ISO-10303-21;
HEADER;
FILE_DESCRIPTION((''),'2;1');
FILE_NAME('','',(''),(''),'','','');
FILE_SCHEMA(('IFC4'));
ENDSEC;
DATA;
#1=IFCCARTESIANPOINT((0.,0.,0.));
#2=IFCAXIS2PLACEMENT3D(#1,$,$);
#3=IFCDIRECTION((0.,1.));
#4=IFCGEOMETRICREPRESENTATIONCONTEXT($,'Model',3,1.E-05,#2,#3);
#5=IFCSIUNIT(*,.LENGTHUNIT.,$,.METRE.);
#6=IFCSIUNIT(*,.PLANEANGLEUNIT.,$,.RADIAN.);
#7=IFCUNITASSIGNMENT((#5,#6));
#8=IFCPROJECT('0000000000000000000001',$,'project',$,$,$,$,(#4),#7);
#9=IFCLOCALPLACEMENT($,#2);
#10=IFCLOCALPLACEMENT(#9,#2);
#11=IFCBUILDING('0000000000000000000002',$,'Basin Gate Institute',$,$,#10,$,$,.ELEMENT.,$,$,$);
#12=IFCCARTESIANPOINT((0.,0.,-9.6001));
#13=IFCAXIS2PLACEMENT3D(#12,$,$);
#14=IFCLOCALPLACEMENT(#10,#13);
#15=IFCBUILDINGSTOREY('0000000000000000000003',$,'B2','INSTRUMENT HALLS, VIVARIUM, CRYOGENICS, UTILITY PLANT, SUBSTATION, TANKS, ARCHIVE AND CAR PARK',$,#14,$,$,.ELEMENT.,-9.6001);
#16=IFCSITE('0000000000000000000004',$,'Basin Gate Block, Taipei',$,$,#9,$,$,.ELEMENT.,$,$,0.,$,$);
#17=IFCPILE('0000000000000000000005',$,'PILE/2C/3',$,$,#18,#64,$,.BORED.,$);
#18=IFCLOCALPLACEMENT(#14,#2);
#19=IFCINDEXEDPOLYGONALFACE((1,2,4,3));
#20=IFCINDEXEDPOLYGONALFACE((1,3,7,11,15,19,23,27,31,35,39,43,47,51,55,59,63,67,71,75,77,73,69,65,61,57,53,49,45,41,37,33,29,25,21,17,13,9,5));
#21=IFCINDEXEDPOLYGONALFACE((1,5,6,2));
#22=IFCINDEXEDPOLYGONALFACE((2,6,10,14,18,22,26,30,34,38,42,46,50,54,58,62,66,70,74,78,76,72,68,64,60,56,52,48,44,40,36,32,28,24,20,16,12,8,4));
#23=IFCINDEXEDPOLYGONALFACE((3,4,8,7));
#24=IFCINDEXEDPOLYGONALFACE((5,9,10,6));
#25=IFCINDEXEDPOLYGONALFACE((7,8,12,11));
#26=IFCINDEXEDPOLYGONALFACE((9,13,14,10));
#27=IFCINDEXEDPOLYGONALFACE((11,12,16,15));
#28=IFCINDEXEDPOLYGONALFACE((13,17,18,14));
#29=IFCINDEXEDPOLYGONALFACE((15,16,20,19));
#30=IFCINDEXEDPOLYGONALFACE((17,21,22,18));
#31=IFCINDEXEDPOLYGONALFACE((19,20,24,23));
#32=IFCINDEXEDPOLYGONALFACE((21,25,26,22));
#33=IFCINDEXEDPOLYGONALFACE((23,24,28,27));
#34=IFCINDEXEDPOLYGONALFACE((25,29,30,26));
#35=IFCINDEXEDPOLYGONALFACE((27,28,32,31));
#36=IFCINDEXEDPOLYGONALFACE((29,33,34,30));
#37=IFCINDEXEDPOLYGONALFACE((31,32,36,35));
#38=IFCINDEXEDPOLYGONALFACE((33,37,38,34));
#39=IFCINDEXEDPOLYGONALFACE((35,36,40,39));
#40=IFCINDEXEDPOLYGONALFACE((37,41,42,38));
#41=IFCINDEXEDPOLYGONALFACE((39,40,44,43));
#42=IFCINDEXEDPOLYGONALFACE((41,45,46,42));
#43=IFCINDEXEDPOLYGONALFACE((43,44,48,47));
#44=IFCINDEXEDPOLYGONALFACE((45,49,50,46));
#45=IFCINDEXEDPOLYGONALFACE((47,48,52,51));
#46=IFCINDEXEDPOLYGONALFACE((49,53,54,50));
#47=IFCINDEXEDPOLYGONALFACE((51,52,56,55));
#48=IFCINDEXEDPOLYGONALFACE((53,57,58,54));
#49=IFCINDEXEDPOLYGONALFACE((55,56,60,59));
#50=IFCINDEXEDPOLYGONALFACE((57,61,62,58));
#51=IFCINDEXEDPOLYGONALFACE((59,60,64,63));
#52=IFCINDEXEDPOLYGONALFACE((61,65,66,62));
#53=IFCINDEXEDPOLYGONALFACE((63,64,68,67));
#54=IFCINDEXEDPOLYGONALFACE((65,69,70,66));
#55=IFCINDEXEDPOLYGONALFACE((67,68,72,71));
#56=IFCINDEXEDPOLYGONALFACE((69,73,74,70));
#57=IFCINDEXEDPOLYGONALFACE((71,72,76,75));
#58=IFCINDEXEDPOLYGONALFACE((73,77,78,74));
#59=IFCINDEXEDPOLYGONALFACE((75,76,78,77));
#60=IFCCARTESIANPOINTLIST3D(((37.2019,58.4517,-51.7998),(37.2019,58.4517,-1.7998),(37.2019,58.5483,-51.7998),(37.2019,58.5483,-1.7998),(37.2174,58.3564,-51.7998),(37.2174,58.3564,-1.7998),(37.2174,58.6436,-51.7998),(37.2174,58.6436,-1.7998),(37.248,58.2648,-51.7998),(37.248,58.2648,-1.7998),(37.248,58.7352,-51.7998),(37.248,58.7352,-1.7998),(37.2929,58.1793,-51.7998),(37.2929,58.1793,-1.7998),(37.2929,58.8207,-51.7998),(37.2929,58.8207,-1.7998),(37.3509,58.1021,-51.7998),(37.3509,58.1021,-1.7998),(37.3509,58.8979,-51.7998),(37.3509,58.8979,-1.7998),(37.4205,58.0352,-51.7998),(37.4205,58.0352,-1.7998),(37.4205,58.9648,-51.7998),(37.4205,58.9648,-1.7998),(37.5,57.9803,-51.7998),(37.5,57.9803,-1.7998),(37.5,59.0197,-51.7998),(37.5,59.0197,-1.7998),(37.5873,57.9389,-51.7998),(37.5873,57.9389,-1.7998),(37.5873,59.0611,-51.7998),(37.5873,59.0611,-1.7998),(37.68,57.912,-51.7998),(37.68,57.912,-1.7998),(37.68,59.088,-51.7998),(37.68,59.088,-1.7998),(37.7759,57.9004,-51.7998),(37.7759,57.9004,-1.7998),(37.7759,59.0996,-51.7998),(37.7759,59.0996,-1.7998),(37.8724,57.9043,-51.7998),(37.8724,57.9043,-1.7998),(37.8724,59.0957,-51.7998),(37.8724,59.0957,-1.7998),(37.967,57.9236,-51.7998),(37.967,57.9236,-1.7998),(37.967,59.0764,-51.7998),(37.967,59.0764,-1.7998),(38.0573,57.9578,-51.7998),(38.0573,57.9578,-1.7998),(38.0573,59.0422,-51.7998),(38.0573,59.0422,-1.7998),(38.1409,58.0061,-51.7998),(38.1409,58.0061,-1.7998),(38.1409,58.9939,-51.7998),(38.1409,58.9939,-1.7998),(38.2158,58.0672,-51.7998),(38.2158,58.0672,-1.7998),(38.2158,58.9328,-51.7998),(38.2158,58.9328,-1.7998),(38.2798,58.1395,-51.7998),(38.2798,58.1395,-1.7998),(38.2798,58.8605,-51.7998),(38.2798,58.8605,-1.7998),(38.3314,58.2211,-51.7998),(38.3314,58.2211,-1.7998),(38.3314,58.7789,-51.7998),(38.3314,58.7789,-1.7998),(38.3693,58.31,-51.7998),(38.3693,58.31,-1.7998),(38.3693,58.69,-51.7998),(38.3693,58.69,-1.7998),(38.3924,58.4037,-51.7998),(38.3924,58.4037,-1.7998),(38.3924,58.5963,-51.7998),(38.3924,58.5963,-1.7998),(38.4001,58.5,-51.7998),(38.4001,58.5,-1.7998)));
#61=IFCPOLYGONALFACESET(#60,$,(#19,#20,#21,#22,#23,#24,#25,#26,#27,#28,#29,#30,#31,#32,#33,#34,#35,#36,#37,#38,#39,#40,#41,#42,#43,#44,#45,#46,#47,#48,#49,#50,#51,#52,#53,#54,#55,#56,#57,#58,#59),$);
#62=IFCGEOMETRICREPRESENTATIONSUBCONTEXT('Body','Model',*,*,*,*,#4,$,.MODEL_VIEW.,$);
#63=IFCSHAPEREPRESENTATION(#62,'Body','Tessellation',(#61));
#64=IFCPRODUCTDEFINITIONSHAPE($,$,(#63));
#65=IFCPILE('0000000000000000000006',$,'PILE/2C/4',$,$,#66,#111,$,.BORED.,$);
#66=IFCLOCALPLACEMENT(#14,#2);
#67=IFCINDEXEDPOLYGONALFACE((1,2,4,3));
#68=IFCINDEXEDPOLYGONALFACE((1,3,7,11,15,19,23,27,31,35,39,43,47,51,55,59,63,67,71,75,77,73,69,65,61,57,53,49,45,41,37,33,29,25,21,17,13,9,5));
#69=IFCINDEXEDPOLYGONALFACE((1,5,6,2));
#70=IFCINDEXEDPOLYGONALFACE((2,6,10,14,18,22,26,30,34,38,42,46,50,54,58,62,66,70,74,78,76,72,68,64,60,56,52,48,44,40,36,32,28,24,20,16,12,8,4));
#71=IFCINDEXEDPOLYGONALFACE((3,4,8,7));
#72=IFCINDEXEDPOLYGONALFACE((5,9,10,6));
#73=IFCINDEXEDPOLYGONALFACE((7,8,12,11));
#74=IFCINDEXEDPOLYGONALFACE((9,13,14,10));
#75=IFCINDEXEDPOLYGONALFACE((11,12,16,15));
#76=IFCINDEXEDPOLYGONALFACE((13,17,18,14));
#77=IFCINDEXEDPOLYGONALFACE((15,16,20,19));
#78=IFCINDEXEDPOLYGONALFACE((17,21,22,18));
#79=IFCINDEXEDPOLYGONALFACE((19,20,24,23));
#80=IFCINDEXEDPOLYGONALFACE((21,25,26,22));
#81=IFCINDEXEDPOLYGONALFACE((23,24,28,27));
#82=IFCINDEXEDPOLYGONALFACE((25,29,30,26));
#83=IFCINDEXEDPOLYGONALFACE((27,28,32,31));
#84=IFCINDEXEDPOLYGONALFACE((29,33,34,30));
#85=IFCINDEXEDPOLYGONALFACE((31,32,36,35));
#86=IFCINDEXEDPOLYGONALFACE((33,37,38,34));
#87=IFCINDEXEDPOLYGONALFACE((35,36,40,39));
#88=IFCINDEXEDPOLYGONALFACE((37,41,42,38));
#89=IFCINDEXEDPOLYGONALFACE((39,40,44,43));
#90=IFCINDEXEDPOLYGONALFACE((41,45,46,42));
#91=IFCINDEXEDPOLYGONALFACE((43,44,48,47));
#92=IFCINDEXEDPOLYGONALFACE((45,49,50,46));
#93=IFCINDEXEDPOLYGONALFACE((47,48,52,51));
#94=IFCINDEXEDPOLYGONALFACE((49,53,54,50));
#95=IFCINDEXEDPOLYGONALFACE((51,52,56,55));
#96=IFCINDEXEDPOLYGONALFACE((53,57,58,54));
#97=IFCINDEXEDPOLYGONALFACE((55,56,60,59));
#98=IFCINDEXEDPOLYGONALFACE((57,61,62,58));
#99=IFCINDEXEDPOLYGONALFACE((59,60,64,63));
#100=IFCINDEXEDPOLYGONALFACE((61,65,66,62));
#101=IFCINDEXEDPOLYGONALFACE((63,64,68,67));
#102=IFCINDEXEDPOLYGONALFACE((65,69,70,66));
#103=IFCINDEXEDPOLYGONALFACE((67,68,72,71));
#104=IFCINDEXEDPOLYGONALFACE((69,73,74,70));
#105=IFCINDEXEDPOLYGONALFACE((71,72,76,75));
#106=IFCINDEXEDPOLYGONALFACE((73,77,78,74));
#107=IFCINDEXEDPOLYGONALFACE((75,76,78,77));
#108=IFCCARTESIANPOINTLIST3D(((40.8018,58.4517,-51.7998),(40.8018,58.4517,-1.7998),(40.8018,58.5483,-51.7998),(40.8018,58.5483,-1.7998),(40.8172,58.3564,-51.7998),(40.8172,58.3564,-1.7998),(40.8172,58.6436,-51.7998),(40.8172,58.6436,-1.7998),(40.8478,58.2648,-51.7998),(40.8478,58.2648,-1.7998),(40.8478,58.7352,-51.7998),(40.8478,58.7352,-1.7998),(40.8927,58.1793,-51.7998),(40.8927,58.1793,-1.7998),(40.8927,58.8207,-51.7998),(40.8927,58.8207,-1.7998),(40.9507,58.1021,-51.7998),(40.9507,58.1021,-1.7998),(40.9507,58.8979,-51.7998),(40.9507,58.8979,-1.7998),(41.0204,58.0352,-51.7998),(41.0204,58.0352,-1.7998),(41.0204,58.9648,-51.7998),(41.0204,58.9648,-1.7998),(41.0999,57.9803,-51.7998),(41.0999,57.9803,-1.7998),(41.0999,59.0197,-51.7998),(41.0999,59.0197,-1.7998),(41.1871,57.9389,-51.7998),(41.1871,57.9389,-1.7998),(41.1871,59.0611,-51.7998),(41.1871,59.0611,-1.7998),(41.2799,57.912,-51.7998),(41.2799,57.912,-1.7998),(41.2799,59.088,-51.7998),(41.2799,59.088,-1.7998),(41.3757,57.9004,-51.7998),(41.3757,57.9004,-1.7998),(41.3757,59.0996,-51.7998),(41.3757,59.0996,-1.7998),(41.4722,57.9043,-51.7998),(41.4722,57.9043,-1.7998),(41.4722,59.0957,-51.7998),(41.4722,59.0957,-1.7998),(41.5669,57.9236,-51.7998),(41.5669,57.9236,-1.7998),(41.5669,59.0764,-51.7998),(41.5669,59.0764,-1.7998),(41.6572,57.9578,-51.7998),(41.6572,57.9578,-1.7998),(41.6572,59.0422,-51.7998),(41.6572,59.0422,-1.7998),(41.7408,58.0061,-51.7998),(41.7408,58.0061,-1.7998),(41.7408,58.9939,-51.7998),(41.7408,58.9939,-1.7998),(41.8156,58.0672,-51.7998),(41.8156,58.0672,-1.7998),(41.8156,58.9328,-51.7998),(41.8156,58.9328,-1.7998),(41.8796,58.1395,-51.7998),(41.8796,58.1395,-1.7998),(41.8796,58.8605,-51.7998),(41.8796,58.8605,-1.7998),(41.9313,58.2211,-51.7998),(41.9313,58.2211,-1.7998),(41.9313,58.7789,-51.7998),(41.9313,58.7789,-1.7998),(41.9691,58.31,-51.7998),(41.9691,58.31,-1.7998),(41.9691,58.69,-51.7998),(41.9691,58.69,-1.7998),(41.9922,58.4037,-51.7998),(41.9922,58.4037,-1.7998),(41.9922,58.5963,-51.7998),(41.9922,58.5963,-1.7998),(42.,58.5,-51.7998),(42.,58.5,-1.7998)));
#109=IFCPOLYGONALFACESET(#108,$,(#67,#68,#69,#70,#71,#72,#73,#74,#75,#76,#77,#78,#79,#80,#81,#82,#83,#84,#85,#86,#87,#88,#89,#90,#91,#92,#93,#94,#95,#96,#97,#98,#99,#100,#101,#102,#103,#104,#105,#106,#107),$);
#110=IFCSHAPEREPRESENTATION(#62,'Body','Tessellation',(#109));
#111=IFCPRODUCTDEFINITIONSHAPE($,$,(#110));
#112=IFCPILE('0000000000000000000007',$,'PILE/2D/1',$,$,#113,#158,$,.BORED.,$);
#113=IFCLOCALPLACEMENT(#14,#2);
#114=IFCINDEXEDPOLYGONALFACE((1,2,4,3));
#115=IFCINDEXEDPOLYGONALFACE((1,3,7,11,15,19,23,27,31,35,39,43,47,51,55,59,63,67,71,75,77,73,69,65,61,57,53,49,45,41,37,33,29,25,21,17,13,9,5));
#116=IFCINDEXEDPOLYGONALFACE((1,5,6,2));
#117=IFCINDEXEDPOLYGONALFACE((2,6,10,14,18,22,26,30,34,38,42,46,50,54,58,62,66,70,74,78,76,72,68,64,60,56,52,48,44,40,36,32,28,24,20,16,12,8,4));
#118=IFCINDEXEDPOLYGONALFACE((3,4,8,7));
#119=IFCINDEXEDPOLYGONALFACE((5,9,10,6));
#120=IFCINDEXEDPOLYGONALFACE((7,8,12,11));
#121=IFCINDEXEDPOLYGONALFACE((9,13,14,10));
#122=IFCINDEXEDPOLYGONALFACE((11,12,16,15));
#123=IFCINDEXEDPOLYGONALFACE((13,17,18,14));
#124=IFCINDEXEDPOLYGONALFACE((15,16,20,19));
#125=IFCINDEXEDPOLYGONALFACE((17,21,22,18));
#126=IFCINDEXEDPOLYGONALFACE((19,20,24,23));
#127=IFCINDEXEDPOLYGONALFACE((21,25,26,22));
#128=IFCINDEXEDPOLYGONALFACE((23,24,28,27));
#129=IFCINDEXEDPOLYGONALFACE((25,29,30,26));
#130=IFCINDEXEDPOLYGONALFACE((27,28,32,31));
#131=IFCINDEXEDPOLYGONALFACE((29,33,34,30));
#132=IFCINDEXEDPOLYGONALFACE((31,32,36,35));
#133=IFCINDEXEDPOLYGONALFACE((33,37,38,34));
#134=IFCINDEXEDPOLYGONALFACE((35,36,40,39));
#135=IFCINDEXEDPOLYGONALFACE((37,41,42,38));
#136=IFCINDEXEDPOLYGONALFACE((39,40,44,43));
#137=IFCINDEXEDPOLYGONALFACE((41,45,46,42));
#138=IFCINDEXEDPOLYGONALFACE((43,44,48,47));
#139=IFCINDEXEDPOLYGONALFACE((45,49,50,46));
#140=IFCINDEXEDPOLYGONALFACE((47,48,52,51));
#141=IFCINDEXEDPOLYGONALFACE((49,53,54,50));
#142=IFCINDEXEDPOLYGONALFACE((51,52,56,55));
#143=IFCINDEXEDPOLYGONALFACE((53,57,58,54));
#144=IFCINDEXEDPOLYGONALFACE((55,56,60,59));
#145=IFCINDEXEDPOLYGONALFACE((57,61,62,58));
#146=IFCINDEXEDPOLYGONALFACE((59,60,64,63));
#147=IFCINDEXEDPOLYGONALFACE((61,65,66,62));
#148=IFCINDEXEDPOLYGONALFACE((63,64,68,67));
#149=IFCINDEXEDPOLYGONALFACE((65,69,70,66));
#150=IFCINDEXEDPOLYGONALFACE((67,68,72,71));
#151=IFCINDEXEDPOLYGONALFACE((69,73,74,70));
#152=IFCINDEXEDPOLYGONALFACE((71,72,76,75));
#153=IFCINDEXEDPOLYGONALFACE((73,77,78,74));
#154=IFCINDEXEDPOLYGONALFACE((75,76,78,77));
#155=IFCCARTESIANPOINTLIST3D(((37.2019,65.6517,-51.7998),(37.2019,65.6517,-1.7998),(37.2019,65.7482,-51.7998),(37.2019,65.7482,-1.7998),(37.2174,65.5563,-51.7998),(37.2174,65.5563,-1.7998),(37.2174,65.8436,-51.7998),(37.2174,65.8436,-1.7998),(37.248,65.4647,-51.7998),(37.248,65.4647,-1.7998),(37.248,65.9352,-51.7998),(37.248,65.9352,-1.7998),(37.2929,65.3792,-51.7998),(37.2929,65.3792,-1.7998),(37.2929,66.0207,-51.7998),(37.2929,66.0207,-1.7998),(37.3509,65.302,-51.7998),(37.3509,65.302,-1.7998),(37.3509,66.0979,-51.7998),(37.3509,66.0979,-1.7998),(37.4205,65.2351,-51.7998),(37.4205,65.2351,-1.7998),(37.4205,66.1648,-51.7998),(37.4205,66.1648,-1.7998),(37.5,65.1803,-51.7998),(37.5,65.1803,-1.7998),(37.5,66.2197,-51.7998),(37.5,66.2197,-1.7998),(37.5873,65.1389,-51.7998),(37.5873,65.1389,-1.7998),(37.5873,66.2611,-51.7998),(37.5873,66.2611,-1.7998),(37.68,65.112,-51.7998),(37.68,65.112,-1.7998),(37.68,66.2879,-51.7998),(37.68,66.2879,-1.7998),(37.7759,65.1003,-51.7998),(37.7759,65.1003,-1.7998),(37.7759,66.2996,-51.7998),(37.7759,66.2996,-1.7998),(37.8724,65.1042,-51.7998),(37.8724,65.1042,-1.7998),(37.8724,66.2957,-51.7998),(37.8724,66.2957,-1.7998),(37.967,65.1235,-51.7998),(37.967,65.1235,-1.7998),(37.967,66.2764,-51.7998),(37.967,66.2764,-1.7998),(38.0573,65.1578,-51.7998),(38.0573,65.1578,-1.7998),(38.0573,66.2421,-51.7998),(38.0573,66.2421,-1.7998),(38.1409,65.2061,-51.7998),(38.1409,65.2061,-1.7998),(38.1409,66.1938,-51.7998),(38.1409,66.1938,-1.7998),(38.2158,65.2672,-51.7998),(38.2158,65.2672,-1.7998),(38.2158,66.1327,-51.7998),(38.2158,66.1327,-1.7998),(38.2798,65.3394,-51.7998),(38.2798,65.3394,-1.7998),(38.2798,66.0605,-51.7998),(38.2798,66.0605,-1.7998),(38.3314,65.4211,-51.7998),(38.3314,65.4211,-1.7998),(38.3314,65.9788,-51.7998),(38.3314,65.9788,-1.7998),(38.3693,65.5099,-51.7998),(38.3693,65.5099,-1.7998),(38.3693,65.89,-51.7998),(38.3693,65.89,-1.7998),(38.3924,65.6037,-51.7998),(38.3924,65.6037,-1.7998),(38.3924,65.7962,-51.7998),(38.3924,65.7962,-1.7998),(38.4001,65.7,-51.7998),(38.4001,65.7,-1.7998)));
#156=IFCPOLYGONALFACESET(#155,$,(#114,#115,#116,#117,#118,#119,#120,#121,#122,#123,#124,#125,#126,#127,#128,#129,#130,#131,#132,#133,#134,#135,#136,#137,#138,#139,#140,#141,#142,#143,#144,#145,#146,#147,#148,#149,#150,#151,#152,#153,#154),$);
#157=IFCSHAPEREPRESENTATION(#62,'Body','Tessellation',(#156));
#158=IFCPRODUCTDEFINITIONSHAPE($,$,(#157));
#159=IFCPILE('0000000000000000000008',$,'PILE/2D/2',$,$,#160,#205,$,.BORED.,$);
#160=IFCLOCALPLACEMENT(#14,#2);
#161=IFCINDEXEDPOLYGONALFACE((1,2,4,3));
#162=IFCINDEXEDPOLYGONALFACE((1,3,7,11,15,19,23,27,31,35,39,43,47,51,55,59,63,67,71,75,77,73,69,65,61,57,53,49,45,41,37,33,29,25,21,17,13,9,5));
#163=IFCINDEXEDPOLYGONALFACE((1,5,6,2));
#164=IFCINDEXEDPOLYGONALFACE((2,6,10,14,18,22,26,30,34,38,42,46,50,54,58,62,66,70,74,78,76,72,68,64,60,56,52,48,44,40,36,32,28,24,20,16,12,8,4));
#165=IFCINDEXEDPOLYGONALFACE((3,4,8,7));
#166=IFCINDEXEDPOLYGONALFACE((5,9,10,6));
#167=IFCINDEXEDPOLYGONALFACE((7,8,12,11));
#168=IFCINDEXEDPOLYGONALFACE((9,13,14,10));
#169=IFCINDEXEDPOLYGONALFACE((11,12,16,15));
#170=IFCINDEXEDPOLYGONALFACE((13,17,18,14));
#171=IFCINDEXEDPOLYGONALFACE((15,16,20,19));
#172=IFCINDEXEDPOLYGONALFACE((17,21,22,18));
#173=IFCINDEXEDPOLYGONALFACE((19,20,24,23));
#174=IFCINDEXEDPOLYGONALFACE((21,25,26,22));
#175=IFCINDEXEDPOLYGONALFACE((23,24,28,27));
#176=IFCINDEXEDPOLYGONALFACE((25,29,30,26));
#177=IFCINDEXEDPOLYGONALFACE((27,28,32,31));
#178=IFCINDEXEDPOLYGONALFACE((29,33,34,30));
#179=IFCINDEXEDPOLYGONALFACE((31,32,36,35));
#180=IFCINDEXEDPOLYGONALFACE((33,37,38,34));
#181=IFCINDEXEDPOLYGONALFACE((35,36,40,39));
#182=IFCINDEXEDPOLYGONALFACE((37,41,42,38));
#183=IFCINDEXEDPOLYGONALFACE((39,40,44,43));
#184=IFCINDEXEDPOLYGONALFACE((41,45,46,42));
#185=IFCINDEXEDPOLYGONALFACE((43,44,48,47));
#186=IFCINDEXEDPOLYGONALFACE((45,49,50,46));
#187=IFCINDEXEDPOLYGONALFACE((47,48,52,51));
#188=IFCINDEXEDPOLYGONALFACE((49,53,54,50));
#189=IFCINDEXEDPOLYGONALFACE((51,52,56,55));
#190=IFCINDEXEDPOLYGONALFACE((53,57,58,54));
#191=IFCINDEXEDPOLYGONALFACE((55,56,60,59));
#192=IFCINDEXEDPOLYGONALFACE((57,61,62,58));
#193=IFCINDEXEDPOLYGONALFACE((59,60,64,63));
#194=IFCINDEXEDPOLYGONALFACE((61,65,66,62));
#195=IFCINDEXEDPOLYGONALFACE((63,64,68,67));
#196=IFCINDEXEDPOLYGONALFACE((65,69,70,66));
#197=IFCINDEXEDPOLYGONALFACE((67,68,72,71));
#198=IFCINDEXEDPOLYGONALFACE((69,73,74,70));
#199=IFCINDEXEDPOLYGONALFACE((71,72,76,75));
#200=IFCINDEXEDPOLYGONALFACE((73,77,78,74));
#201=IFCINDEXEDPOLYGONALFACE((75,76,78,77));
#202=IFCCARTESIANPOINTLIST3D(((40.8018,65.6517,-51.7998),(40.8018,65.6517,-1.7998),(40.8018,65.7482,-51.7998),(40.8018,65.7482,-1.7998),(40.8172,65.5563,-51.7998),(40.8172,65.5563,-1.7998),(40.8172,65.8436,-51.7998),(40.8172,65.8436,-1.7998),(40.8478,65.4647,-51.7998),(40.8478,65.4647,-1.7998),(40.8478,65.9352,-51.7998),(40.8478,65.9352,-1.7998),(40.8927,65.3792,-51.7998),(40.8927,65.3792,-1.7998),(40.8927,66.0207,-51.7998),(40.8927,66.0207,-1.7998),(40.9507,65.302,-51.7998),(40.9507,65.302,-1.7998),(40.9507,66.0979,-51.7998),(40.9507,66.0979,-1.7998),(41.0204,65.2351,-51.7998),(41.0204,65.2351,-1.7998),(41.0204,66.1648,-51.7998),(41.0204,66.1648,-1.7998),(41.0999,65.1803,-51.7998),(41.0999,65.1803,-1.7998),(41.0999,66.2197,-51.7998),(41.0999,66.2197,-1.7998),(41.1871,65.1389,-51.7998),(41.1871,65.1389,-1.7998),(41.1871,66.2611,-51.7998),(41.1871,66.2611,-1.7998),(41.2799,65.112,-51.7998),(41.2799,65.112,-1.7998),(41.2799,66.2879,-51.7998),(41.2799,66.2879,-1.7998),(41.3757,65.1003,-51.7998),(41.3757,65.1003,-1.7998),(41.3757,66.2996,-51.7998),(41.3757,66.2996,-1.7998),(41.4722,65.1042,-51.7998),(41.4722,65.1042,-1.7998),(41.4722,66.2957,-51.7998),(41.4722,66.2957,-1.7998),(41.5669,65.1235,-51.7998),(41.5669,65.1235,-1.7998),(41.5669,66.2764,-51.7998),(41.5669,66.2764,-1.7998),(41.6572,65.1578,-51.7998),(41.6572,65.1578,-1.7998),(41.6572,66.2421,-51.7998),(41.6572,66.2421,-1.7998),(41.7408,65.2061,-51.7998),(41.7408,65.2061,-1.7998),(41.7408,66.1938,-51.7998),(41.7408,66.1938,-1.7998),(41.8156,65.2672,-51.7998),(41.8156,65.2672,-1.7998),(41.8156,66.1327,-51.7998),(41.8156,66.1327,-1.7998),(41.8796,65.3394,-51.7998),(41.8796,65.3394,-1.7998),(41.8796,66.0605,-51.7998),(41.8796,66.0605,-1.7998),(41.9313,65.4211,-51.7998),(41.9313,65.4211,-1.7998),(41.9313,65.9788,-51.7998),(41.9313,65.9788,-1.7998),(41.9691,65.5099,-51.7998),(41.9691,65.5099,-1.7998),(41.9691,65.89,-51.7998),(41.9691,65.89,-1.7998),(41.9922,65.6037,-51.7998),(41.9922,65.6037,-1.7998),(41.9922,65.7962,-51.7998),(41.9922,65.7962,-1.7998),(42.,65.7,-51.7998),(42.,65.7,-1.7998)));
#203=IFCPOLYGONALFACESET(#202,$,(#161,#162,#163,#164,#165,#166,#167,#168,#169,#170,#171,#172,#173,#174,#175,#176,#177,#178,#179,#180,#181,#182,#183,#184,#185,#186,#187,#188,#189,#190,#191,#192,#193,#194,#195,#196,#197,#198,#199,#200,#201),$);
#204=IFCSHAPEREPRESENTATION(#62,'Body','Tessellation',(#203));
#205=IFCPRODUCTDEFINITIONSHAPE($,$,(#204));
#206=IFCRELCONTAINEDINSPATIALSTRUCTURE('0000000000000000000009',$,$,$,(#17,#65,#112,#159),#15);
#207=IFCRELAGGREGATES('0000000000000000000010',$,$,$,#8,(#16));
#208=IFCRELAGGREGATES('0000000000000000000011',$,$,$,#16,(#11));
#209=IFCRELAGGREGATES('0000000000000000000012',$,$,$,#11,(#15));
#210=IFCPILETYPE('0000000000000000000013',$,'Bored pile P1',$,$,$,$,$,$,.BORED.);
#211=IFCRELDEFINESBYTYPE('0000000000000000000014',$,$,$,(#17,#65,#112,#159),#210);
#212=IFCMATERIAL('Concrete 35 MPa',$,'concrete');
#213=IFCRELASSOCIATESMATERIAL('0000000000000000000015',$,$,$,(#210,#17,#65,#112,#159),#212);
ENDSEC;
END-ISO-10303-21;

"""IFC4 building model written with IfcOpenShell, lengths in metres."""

from ifc_helpers import new_model, si_unit, direction, frame, origin, origin_2d, place, context, subcontext, project, spatial, circle, extrude, material, material_profile, profile_set, type_object, element, save


model = new_model("IFC4")

# Units and contexts
model_context = context("Model", 3, precision=1e-05, world=origin(), true_north=direction((0.0, 1.0)))
body_context = subcontext(model_context, "Body", "Model", "MODEL_VIEW")
ifc_project = project(units=[si_unit("LENGTHUNIT", "METRE"), si_unit("PLANEANGLEUNIT", "RADIAN")], contexts=[model_context])

# Site, building, storey
site_placement = place(None, origin())
site = spatial("IfcSite", under=ifc_project, at=site_placement, Name="Basin Gate Block, Taipei", CompositionType="ELEMENT", RefElevation=0.0)
building_placement = place(site_placement, origin())
building = spatial("IfcBuilding", under=site, at=building_placement, Name="Basin Gate Institute", CompositionType="ELEMENT")
storey_placement = place(building_placement, frame((0.0, 0.0, -9.6001)))
storey = spatial("IfcBuildingStorey", under=building, at=storey_placement, Name="B2", Description="INSTRUMENT HALLS, VIVARIUM, CRYOGENICS, UTILITY PLANT, SUBSTATION, TANKS, ARCHIVE AND CAR PARK", CompositionType="ELEMENT", Elevation=-9.6001)

# Piles
ifc_material_1 = material(Name="Concrete 35 MPa", Category="concrete")
ifc_material_profile_1 = material_profile(ifc_material_1, circle(Radius=0.6001, at=origin_2d()), Name="Bored pile P1 1200 dia")
ifc_profile_set_1 = profile_set([ifc_material_profile_1], Name="Concrete 35 MPa")
pile_type = type_object("IfcPileType", Name="Bored pile P1", PredefinedType="BORED", material=ifc_profile_set_1)
for number, where, z_axis, x_axis, name in (
    (1, (37.8, 58.5, -1.7998), (0.0, 0.0, -1.0), (1.0, 0.0, 0.0), "PILE/2C/3"),
    (2, (41.3999, 58.5, -1.7998), (0.0, 0.0, -1.0), (1.0, 0.0, 0.0), "PILE/2C/4"),
    (3, (37.8, 65.7, -1.7998), (0.0, 0.0, -1.0), (1.0, 0.0, 0.0), "PILE/2D/1"),
    (4, (41.3999, 65.7, -1.7998), (0.0, 0.0, -1.0), (1.0, 0.0, 0.0), "PILE/2D/2"),
):
    element("IfcPile", number, at=place(storey_placement, frame(where, z_axis=z_axis, x_axis=x_axis)), inside=storey, type_object=pile_type, material=ifc_profile_set_1, Name=name, PredefinedType="BORED", context=body_context, shape_type="SweptSolid", body=[
        extrude(circle(Radius=0.6001, at=origin_2d()), origin(), (0.0, 0.0, 1.0), 50.0),
    ])

save(model, "model.ifc")
